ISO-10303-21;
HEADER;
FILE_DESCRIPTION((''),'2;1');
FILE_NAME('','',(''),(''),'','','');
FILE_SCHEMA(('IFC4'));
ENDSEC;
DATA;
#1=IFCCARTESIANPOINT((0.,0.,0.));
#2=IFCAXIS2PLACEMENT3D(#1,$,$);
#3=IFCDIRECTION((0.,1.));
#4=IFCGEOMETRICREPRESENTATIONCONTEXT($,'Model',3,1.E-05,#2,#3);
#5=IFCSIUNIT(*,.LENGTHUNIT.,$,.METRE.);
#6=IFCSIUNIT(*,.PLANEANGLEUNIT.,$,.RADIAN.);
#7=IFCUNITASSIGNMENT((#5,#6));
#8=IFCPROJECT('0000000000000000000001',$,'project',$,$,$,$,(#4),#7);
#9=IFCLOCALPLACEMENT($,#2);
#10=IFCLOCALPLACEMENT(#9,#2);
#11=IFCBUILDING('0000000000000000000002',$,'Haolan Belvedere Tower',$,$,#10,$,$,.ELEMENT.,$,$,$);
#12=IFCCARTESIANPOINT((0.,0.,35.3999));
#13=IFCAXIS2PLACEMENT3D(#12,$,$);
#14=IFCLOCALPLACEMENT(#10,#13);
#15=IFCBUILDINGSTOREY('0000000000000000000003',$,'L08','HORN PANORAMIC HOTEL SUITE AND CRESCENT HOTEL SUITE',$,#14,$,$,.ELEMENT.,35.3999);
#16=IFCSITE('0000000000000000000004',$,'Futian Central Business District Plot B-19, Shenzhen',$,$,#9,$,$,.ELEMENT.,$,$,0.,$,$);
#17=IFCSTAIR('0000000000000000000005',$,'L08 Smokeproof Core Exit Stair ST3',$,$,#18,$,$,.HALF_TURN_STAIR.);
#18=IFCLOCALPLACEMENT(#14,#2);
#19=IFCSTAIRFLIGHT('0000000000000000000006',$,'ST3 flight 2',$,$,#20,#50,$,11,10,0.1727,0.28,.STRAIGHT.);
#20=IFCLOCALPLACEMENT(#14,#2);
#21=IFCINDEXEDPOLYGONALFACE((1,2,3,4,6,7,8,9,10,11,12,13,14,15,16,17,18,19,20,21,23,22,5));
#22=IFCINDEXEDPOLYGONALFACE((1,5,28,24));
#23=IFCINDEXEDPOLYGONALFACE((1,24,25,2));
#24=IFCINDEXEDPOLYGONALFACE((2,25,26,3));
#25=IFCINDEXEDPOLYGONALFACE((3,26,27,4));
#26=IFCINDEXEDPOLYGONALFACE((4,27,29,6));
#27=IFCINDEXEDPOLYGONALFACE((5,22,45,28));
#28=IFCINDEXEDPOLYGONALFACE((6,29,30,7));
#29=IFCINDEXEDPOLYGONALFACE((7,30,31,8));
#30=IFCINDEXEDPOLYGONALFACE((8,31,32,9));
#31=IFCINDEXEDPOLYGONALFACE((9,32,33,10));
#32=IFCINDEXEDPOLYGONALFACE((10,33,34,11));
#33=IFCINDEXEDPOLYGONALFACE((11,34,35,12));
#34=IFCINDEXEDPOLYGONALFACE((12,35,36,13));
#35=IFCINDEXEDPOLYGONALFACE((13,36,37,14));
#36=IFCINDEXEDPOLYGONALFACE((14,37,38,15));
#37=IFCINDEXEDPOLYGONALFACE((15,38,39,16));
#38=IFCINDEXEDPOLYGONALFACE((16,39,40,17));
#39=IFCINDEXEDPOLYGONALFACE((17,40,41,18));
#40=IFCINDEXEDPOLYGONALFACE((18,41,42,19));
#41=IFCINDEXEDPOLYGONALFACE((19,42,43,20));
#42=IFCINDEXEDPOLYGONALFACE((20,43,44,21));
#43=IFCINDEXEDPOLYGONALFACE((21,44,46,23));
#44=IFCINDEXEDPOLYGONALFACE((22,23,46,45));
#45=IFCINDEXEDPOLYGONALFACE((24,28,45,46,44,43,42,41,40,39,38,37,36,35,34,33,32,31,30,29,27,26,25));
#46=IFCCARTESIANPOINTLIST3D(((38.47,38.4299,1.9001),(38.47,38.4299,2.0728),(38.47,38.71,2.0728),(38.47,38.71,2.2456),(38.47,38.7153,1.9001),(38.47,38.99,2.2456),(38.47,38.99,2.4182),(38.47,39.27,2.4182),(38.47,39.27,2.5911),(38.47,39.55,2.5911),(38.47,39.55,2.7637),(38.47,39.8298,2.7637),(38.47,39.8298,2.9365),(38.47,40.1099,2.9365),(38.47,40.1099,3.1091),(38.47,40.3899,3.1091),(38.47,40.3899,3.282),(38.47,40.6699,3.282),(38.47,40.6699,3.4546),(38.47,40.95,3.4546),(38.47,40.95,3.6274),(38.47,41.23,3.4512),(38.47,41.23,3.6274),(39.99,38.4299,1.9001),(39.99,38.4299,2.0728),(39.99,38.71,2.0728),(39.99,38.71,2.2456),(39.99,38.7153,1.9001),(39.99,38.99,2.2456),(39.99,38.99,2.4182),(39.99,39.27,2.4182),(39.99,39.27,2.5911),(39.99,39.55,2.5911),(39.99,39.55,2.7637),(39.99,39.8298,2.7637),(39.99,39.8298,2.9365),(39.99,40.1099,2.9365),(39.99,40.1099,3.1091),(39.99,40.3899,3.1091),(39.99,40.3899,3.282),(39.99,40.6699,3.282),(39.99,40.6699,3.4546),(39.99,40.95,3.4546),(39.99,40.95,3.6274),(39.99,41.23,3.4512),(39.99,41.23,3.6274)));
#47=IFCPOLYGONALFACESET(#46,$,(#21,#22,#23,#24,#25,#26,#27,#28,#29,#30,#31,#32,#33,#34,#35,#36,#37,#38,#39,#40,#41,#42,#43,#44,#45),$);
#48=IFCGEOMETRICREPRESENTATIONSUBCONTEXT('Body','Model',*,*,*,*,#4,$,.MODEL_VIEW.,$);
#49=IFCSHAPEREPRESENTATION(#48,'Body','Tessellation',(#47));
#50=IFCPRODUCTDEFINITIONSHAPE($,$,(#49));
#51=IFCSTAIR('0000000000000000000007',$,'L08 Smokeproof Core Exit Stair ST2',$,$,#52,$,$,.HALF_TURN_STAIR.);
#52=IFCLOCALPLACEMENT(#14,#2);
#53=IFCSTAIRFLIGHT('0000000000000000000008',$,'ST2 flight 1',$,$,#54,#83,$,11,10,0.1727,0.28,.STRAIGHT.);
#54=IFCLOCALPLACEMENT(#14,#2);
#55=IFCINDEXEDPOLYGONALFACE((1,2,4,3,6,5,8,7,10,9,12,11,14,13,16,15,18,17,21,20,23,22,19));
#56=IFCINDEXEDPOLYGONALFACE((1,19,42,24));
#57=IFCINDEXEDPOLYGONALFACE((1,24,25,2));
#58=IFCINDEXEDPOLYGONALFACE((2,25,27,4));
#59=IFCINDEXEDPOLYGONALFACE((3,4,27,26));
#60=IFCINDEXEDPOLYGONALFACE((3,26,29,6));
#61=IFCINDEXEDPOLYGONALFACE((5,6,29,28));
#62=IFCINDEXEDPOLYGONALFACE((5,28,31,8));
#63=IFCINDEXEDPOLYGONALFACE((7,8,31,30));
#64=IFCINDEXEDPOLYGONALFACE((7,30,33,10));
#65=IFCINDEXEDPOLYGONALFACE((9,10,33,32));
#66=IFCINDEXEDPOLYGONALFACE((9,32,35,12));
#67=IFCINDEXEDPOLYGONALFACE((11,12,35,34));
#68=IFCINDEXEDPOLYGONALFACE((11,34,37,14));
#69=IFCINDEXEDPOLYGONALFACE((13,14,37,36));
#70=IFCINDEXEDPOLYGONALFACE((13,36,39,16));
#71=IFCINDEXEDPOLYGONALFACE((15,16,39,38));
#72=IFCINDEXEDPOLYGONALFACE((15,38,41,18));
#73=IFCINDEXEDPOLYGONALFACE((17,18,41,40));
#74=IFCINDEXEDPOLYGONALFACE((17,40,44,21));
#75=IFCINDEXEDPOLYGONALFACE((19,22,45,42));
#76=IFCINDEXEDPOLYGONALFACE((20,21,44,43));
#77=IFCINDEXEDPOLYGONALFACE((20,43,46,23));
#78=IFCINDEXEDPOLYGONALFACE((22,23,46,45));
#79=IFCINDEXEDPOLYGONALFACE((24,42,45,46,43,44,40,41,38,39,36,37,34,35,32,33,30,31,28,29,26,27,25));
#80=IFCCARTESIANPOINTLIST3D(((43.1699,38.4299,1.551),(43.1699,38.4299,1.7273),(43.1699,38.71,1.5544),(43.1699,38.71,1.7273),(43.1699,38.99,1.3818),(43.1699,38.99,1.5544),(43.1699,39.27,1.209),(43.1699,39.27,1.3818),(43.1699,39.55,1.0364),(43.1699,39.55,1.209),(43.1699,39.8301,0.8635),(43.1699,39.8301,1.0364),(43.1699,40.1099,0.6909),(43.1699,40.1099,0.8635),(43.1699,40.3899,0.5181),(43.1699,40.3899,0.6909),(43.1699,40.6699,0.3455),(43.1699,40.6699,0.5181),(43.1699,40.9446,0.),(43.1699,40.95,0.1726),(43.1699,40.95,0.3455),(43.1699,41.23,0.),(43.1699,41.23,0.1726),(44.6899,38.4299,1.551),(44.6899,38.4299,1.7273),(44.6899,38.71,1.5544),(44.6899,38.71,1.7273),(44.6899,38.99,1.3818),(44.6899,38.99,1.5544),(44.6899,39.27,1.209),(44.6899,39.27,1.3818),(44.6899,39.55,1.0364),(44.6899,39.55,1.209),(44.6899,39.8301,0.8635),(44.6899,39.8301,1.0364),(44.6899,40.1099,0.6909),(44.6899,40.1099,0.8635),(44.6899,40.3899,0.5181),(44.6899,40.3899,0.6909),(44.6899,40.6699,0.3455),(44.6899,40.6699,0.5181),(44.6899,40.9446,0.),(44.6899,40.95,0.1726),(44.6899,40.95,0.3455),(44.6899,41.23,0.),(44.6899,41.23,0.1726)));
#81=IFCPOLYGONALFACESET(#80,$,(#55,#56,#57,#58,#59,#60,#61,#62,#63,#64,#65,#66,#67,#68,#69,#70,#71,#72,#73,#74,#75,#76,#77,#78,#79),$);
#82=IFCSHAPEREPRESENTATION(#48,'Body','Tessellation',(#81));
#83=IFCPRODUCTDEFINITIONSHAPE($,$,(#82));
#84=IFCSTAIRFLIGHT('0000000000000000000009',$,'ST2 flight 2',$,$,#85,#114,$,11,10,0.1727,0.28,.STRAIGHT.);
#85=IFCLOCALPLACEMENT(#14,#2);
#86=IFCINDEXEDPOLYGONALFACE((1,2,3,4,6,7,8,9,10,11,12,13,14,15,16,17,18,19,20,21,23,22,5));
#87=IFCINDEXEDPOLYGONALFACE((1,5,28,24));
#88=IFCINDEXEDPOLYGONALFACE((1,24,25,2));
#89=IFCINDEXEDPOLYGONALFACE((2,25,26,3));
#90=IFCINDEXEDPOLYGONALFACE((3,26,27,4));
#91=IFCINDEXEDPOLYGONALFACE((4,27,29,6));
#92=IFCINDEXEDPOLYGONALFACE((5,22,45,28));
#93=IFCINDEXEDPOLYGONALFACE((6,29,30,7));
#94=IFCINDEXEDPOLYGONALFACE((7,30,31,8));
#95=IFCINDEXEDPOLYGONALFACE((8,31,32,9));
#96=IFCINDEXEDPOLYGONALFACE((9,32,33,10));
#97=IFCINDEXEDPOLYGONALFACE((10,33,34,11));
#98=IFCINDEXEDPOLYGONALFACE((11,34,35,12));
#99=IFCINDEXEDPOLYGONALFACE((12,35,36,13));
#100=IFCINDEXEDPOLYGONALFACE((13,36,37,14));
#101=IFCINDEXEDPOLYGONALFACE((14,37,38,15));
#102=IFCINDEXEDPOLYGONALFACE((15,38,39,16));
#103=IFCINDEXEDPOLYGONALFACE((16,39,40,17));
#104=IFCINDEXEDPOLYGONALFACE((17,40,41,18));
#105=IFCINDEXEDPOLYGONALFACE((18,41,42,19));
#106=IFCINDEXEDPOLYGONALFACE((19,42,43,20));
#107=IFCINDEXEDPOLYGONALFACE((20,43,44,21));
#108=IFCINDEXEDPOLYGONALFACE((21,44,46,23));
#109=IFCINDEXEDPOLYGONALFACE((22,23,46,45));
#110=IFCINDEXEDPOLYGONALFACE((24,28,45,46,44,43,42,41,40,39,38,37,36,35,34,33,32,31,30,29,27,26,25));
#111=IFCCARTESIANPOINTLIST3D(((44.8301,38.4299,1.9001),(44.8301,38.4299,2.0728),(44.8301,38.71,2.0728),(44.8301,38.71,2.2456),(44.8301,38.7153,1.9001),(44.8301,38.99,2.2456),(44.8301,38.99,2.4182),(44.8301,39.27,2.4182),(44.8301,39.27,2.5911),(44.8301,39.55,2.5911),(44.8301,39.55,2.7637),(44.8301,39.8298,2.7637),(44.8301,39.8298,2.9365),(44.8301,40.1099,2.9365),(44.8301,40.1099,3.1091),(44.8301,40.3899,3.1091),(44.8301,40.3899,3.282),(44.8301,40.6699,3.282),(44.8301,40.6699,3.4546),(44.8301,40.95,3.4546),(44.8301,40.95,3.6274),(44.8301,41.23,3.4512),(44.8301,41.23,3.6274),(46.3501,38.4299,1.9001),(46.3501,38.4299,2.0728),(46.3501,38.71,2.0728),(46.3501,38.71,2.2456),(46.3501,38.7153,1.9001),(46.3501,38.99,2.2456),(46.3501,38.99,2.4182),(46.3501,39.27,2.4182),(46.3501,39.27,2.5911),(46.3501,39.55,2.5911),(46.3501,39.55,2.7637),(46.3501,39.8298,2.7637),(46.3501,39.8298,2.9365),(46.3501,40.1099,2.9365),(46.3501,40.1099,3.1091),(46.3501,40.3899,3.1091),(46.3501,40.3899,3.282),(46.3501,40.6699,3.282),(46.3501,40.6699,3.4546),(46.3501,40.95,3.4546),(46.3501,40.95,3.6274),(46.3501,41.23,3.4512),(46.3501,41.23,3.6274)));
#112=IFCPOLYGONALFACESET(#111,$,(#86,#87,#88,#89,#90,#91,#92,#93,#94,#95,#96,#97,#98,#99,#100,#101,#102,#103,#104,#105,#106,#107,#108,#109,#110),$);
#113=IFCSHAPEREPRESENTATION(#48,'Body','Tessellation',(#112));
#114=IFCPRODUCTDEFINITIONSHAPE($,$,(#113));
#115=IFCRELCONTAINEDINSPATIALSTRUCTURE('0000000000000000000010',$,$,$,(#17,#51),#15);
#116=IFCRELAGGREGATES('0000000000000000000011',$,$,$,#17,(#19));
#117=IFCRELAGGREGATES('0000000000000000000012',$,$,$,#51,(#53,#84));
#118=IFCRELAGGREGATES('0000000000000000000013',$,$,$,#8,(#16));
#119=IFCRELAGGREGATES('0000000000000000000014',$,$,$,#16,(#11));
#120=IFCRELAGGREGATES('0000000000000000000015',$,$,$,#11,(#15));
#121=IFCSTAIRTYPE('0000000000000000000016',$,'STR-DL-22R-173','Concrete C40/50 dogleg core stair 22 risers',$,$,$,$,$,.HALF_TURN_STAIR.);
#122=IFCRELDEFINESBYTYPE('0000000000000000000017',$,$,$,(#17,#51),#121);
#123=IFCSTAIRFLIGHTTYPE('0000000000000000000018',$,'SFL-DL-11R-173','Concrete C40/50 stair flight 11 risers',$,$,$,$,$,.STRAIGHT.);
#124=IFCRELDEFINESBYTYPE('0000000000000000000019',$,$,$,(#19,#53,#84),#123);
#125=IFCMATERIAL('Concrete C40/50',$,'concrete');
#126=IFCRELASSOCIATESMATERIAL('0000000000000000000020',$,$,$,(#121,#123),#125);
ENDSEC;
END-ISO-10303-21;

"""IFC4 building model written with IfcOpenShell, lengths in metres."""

from ifc_helpers import new_model, si_unit, direction, frame, origin, place, context, subcontext, project, spatial, polyline, outline, extrude, material, type_object, element, aggregate, save


model = new_model("IFC4")

# Units and contexts
model_context = context("Model", 3, precision=1e-05, world=origin(), true_north=direction((0.0, 1.0)))
body_context = subcontext(model_context, "Body", "Model", "MODEL_VIEW")
ifc_project = project(units=[si_unit("LENGTHUNIT", "METRE"), si_unit("PLANEANGLEUNIT", "RADIAN")], contexts=[model_context])

# Site, building, storey
site_placement = place(None, origin())
site = spatial("IfcSite", under=ifc_project, at=site_placement, Name="Futian Central Business District Plot B-19, Shenzhen", CompositionType="ELEMENT", RefElevation=0.0)
building_placement = place(site_placement, origin())
building = spatial("IfcBuilding", under=site, at=building_placement, Name="Haolan Belvedere Tower", CompositionType="ELEMENT")
storey_placement = place(building_placement, frame((0.0, 0.0, 35.3999)))
storey = spatial("IfcBuildingStorey", under=building, at=storey_placement, Name="L08", Description="HORN PANORAMIC HOTEL SUITE AND CRESCENT HOTEL SUITE", CompositionType="ELEMENT", Elevation=35.3999)

# Stairs, stair flights
ifc_material_1 = material(Name="Concrete C40/50", Category="concrete")
stair_type = type_object("IfcStairType", Name="STR-DL-22R-173", Description="Concrete C40/50 dogleg core stair 22 risers", PredefinedType="HALF_TURN_STAIR", material=ifc_material_1)
stair_1_placement = place(storey_placement, origin())
stair_1 = element("IfcStair", 1, at=stair_1_placement, inside=storey, type_object=stair_type, Name="L08 Smokeproof Core Exit Stair ST3", PredefinedType="HALF_TURN_STAIR")
stair_flight_type = type_object("IfcStairFlightType", Name="SFL-DL-11R-173", Description="Concrete C40/50 stair flight 11 risers", PredefinedType="STRAIGHT", material=ifc_material_1)
stair_flight_1_placement = place(storey_placement, frame((39.23, 38.4299, 1.9001), z_axis=(0.0, 0.0, 1.0), x_axis=(0.0, 1.0, 0.0)))
stair_flight_1 = element("IfcStairFlight", 2, at=stair_flight_1_placement, type_object=stair_flight_type, Name="ST3 flight 2", NumberOfRisers=11, NumberOfTreads=10, PredefinedType="STRAIGHT", RiserHeight=0.1727, TreadLength=0.28, context=body_context, shape_type="SweptSolid", body=[
    extrude(outline(polyline([(0.0, 0.0), (0.0, 0.1726), (0.28, 0.1726), (0.28, 0.3455), (0.5601, 0.3455), (0.5601, 0.5181), (0.8401, 0.5181), (0.8401, 0.6909), (1.1201, 0.6909), (1.1201, 0.8635), (1.3999, 0.8635), (1.3999, 1.0364), (1.6799, 1.0364), (1.6799, 1.209), (1.96, 1.209), (1.96, 1.3818), (2.24, 1.3818), (2.24, 1.5544), (2.52, 1.5544), (2.52, 1.7273), (2.8, 1.7273), (2.8, 1.8999), (2.8, 1.551), (0.2854, 0.0), (0.0, 0.0)])), frame((0.0, 0.76, 0.0), z_axis=(0.0, -1.0, 0.0), x_axis=(1.0, 0.0, 0.0)), (0.0, 0.0, 1.0), 1.52),
])
aggregate(stair_1, [stair_flight_1])
stair_2_placement = place(storey_placement, origin())
stair_2 = element("IfcStair", 3, at=stair_2_placement, inside=storey, type_object=stair_type, Name="L08 Smokeproof Core Exit Stair ST2", PredefinedType="HALF_TURN_STAIR")
stair_flight_2_placement = place(storey_placement, frame((43.9299, 41.23, 0.0), z_axis=(0.0, 0.0, 1.0), x_axis=(0.0, -1.0, 0.0)))
stair_flight_2 = element("IfcStairFlight", 4, at=stair_flight_2_placement, type_object=stair_flight_type, Name="ST2 flight 1", NumberOfRisers=11, NumberOfTreads=10, PredefinedType="STRAIGHT", RiserHeight=0.1727, TreadLength=0.28, context=body_context, shape_type="SweptSolid", body=[
    extrude(outline(polyline([(0.0, 0.0), (0.0, 0.1726), (0.28, 0.1726), (0.28, 0.3455), (0.5601, 0.3455), (0.5601, 0.5181), (0.8401, 0.5181), (0.8401, 0.6909), (1.1201, 0.6909), (1.1201, 0.8635), (1.3999, 0.8635), (1.3999, 1.0364), (1.6799, 1.0364), (1.6799, 1.209), (1.96, 1.209), (1.96, 1.3818), (2.24, 1.3818), (2.24, 1.5544), (2.52, 1.5544), (2.52, 1.7273), (2.8, 1.7273), (2.8, 1.8999), (2.8, 1.551), (0.2854, 0.0), (0.0, 0.0)])), frame((0.0, 0.76, 0.0), z_axis=(0.0, -1.0, 0.0), x_axis=(1.0, 0.0, 0.0)), (0.0, 0.0, 1.0), 1.52),
])
stair_flight_3_placement = place(storey_placement, frame((45.5901, 38.4299, 1.9001), z_axis=(0.0, 0.0, 1.0), x_axis=(0.0, 1.0, 0.0)))
stair_flight_3 = element("IfcStairFlight", 5, at=stair_flight_3_placement, type_object=stair_flight_type, Name="ST2 flight 2", NumberOfRisers=11, NumberOfTreads=10, PredefinedType="STRAIGHT", RiserHeight=0.1727, TreadLength=0.28, context=body_context, shape_type="SweptSolid", body=[
    extrude(outline(polyline([(0.0, 0.0), (0.0, 0.1726), (0.28, 0.1726), (0.28, 0.3455), (0.5601, 0.3455), (0.5601, 0.5181), (0.8401, 0.5181), (0.8401, 0.6909), (1.1201, 0.6909), (1.1201, 0.8635), (1.3999, 0.8635), (1.3999, 1.0364), (1.6799, 1.0364), (1.6799, 1.209), (1.96, 1.209), (1.96, 1.3818), (2.24, 1.3818), (2.24, 1.5544), (2.52, 1.5544), (2.52, 1.7273), (2.8, 1.7273), (2.8, 1.8999), (2.8, 1.551), (0.2854, 0.0), (0.0, 0.0)])), frame((0.0, 0.76, 0.0), z_axis=(0.0, -1.0, 0.0), x_axis=(1.0, 0.0, 0.0)), (0.0, 0.0, 1.0), 1.52),
])
aggregate(stair_2, [stair_flight_2, stair_flight_3])

save(model, "model.ifc")
